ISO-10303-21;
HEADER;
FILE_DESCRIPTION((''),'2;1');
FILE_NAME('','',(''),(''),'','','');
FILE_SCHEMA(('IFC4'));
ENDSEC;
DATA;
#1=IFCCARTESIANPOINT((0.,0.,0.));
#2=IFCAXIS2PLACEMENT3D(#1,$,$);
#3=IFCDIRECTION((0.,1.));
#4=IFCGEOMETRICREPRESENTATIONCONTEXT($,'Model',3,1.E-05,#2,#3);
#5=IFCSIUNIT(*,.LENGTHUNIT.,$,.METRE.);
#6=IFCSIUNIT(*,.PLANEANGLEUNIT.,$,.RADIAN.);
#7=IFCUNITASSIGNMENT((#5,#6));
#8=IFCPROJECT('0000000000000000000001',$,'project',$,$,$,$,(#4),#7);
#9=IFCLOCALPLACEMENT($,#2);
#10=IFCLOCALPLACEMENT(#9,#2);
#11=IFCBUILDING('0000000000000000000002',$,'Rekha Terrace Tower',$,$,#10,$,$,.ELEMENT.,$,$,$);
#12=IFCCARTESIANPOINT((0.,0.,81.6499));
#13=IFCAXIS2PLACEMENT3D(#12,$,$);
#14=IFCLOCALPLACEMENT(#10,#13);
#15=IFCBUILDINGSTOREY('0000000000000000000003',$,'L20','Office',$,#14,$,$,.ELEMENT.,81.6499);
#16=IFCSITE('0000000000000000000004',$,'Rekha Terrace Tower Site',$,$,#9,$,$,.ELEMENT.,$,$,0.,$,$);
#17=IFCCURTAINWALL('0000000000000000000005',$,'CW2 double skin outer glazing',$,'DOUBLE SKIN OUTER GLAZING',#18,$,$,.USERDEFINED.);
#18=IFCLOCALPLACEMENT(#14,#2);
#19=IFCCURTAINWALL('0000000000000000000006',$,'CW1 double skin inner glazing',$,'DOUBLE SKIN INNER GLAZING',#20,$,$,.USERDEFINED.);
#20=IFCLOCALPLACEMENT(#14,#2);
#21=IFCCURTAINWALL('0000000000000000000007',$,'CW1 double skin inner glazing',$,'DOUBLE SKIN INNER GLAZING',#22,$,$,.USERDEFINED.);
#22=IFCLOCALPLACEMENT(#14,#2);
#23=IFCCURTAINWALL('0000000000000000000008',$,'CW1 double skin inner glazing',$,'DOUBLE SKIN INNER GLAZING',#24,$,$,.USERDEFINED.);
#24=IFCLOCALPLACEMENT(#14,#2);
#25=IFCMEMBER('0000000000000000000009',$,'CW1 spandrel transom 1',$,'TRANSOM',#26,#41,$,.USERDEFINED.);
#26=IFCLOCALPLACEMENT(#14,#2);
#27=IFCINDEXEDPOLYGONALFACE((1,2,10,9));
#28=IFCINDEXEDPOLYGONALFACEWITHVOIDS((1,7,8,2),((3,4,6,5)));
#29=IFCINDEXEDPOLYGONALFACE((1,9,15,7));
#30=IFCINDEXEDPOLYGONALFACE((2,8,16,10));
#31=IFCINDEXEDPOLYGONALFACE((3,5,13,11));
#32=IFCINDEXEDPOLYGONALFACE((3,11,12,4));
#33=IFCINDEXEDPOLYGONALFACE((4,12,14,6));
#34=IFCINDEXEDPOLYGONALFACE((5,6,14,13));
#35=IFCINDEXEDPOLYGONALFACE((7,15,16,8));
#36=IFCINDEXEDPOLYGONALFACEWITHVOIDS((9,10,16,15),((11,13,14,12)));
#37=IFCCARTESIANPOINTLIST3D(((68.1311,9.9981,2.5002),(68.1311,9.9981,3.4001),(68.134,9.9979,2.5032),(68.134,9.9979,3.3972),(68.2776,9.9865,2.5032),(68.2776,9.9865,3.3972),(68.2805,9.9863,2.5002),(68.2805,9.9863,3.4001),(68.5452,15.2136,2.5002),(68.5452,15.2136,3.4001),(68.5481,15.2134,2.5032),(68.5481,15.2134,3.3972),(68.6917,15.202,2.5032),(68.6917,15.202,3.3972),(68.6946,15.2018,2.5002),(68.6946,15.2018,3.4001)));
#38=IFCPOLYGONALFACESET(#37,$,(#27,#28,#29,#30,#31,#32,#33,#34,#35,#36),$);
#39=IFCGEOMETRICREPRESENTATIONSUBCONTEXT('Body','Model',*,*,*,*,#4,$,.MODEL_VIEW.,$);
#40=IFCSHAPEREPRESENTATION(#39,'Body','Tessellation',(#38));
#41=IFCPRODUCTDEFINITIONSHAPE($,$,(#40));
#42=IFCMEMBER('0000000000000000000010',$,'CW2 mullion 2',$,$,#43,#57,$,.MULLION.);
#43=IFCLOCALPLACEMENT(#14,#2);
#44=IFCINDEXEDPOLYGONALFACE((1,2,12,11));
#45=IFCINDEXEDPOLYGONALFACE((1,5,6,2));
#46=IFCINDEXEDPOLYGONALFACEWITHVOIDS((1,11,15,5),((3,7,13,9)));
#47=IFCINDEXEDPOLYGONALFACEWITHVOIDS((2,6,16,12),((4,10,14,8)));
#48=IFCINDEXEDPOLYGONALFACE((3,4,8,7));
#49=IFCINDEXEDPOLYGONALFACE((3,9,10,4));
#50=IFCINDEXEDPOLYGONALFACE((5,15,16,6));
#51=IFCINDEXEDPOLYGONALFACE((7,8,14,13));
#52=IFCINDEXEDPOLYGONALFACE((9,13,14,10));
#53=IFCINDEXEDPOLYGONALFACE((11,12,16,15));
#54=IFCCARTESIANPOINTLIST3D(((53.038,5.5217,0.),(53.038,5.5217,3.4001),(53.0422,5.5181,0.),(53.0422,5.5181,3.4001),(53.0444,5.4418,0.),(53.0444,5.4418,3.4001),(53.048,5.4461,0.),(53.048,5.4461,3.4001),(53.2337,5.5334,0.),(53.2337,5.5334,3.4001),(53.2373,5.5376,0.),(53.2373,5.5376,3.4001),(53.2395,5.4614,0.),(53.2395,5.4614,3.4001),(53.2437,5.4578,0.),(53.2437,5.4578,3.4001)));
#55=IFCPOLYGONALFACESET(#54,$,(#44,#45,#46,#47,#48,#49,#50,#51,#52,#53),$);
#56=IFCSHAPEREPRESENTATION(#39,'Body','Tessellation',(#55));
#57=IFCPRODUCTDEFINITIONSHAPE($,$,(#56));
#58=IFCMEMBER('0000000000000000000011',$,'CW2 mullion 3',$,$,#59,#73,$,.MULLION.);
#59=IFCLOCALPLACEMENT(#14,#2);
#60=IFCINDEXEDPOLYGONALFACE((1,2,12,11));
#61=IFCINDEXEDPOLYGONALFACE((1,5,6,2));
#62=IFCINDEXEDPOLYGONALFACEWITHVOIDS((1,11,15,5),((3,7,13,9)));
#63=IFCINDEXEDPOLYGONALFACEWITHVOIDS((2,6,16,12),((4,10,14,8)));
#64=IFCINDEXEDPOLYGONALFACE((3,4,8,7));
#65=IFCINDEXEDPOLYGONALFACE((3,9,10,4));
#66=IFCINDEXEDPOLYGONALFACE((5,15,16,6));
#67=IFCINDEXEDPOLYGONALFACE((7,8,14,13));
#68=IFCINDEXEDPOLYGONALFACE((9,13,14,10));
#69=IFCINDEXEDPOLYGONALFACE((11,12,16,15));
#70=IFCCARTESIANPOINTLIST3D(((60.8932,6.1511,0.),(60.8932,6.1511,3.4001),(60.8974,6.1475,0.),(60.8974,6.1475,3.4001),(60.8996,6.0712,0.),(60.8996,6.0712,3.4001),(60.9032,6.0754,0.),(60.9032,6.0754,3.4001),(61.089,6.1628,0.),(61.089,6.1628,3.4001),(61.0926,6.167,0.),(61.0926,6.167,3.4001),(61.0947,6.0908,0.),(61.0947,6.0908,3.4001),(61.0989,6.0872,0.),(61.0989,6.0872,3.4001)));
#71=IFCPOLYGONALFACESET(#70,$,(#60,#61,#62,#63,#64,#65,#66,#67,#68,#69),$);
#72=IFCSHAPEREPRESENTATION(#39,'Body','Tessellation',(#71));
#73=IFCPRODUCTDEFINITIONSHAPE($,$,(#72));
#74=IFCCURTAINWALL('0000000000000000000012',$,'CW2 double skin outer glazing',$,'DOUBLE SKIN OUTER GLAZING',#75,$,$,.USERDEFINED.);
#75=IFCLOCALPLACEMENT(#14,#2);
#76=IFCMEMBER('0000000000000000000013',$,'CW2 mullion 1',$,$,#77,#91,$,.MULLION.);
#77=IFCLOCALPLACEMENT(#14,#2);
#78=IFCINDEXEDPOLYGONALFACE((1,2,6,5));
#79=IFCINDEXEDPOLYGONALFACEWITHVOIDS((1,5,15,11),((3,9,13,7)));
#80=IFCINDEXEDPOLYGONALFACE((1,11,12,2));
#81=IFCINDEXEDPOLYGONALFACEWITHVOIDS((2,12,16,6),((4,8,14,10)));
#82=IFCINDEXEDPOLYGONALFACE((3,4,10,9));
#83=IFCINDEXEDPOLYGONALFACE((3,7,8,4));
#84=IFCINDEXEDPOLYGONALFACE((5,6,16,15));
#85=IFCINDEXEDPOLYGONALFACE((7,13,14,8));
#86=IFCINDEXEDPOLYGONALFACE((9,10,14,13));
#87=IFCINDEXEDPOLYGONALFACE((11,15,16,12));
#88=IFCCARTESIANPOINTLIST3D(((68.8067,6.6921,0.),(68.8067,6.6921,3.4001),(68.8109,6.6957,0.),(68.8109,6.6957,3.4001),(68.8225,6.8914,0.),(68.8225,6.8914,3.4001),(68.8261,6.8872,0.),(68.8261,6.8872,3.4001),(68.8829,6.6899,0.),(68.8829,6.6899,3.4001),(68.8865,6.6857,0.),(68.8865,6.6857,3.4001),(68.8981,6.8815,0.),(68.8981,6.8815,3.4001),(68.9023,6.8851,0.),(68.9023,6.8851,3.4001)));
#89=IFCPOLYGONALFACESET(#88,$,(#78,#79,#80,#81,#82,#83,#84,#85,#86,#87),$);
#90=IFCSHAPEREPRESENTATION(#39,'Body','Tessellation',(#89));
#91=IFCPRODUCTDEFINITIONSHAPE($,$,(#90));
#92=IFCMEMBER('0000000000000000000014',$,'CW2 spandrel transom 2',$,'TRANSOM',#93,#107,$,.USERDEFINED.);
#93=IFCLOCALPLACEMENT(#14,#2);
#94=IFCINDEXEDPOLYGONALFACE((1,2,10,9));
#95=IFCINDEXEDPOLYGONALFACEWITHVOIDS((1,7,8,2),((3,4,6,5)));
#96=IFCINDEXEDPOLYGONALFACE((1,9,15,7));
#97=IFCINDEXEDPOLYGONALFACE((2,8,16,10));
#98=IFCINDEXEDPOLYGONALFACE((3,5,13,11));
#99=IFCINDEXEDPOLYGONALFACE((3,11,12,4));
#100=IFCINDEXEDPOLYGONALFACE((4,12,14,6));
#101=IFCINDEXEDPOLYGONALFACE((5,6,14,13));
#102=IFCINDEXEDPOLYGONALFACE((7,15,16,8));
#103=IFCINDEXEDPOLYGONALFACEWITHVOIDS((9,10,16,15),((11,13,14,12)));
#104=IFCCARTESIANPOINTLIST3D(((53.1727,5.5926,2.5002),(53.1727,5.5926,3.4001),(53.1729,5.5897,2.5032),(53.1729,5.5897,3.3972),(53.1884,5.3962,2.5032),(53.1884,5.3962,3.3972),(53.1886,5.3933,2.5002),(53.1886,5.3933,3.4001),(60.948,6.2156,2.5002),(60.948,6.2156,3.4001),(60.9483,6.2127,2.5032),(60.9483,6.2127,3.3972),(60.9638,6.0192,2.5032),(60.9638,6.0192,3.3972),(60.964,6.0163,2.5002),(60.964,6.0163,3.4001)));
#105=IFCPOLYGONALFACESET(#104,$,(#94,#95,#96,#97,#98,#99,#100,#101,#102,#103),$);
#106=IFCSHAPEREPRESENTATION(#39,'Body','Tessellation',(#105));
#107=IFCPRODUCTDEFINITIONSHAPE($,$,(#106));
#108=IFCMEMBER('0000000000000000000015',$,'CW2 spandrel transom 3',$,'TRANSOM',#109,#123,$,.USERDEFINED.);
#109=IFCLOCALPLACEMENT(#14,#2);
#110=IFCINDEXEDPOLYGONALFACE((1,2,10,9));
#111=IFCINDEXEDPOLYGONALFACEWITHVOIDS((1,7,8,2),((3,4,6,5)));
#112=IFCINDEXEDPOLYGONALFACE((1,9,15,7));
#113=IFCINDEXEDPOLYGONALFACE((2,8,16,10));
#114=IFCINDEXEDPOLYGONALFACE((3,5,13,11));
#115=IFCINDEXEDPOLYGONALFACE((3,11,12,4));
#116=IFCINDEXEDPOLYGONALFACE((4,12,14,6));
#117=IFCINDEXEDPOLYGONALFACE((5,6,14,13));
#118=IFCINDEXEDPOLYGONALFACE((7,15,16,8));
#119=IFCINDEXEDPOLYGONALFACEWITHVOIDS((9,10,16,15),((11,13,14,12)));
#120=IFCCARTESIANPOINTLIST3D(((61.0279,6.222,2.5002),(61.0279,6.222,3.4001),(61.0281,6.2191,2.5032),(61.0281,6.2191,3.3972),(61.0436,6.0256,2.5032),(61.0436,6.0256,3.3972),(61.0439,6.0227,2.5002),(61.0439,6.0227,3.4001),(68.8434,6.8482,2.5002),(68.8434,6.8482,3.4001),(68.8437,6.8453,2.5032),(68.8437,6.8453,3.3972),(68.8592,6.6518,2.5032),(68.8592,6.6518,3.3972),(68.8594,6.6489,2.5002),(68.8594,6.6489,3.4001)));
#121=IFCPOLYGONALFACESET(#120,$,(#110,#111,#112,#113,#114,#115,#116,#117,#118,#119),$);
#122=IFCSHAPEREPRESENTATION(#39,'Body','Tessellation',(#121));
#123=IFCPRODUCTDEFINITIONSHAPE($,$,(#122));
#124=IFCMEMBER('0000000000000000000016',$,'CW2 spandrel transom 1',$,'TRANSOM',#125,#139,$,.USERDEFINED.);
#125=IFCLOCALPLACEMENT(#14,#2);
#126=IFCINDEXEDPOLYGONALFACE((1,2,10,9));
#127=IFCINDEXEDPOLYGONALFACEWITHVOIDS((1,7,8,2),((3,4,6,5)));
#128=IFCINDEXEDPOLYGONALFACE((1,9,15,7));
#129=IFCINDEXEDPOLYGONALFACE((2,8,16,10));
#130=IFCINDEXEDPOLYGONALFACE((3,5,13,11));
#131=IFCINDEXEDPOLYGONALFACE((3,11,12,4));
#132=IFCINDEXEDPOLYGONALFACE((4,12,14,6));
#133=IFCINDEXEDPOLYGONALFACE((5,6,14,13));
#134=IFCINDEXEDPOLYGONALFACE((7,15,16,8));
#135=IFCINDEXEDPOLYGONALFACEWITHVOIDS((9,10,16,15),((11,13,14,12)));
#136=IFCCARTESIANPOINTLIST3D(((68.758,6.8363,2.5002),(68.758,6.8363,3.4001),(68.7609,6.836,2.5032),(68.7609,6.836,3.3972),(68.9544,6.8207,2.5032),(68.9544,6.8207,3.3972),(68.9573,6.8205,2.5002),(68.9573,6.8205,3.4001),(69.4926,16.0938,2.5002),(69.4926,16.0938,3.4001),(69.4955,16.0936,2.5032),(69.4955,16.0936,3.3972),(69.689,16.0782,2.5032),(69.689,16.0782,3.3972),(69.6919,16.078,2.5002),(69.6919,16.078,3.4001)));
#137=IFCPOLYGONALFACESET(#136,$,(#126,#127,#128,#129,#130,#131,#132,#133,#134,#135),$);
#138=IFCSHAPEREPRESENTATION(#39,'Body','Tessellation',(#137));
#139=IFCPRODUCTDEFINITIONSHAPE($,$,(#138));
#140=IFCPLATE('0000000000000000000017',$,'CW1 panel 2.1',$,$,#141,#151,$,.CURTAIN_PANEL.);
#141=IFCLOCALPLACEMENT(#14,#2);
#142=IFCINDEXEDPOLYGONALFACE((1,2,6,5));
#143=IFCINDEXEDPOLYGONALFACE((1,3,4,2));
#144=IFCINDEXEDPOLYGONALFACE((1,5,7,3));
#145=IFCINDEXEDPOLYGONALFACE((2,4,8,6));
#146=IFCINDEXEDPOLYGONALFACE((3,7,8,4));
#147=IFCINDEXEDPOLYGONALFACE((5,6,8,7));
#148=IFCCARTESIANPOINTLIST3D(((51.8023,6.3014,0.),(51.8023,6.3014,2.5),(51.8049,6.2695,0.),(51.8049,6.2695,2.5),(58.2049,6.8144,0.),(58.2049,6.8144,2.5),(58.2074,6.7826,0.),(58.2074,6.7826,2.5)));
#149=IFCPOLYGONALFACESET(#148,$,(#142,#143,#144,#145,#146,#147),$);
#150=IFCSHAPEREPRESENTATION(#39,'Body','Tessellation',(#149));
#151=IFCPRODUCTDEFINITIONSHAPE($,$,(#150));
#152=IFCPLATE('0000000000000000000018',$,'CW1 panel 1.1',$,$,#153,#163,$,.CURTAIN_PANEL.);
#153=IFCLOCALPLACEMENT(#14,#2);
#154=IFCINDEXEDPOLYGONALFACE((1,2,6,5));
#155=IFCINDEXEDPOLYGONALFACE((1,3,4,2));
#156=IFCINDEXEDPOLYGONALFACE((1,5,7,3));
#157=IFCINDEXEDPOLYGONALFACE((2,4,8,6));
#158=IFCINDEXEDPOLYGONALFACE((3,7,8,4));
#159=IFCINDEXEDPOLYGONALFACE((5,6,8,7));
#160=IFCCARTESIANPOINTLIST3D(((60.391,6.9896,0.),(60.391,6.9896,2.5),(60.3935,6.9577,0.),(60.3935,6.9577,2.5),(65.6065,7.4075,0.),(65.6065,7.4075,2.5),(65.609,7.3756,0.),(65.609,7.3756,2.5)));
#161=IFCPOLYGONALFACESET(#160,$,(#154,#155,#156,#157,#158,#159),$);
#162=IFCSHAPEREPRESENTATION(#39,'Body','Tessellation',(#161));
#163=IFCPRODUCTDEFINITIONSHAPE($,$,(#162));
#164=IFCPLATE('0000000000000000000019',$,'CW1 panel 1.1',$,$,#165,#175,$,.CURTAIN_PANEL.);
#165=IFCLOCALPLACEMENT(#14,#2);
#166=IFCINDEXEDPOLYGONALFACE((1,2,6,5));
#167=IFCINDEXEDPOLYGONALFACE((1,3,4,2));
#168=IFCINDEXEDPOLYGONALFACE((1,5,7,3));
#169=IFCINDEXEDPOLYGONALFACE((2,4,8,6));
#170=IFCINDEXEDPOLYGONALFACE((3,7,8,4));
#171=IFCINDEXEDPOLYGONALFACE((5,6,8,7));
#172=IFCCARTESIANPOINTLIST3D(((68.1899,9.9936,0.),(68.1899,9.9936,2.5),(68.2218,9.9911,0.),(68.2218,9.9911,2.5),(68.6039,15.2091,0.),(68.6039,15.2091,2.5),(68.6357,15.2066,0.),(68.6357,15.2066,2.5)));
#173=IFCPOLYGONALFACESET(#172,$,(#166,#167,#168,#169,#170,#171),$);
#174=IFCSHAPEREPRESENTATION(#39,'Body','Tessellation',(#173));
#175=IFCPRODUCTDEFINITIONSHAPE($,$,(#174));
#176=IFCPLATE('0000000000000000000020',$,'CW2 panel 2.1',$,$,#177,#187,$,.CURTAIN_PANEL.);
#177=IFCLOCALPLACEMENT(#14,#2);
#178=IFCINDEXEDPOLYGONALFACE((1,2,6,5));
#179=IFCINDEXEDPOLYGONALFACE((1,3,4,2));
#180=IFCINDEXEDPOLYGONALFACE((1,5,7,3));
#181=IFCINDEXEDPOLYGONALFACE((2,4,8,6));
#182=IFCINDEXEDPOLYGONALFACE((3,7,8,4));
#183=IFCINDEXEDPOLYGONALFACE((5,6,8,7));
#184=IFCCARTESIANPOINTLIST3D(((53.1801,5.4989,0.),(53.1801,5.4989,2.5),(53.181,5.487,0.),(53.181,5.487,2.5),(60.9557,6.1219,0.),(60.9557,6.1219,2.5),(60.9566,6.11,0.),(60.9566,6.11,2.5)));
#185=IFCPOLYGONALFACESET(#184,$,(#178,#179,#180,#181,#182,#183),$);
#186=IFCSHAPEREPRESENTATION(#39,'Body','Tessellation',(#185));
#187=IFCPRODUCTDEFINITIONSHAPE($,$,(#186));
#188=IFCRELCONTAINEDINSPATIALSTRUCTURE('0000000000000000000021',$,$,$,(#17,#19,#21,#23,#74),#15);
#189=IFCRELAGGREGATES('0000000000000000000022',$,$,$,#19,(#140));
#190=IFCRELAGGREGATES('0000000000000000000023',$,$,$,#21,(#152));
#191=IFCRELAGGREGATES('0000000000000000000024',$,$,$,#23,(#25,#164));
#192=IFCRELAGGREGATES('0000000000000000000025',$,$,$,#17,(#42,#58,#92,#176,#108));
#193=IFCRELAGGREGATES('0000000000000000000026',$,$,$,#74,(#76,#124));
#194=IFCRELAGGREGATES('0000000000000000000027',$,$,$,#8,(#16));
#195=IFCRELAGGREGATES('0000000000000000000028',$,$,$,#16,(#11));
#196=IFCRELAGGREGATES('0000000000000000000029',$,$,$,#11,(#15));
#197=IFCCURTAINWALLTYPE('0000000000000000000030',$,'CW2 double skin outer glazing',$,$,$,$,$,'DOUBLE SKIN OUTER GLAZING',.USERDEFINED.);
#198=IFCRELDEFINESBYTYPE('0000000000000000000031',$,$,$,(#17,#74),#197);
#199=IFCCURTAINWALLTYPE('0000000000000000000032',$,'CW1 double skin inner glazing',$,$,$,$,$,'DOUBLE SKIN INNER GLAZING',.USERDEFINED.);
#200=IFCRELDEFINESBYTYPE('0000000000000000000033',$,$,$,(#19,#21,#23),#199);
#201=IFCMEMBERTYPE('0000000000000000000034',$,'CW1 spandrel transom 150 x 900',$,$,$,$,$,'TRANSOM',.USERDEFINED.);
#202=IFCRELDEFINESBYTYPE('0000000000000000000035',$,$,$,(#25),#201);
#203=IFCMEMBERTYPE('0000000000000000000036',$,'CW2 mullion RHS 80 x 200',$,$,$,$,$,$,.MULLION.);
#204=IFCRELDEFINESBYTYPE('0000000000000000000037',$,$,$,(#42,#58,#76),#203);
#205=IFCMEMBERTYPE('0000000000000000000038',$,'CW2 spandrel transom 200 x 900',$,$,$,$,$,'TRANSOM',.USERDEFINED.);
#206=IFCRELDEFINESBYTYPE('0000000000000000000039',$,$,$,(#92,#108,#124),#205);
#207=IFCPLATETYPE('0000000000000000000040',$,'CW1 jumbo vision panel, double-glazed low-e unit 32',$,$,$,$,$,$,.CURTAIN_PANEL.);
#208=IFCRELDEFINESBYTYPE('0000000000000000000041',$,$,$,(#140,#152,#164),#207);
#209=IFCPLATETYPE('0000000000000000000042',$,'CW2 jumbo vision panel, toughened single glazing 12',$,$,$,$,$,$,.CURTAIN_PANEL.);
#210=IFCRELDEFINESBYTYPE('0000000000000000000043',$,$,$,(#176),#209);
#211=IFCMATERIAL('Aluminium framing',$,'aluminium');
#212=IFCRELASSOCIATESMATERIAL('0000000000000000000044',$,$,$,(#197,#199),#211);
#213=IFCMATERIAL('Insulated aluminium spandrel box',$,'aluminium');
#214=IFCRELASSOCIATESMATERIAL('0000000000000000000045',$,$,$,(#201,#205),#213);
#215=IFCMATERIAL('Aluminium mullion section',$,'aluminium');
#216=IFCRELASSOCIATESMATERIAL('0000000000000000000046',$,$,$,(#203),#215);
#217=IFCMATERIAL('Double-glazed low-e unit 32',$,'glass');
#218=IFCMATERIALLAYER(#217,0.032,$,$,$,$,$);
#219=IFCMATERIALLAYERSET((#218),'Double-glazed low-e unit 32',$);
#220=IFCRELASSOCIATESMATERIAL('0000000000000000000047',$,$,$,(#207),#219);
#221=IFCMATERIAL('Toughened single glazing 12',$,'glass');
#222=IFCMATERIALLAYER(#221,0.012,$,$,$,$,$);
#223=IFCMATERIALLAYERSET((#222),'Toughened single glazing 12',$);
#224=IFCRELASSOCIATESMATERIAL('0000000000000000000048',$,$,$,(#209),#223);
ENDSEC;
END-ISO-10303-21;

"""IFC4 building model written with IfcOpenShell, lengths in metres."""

from ifc_helpers import new_model, si_unit, direction, frame, origin, origin_2d, place, context, subcontext, project, spatial, rectangle, hollow_rectangle, extrude, material, layer, layer_set, material_profile, profile_set, type_object, element, aggregate, save


model = new_model("IFC4")

# Units and contexts
model_context = context("Model", 3, precision=1e-05, world=origin(), true_north=direction((0.0, 1.0)))
body_context = subcontext(model_context, "Body", "Model", "MODEL_VIEW")
ifc_project = project(units=[si_unit("LENGTHUNIT", "METRE"), si_unit("PLANEANGLEUNIT", "RADIAN")], contexts=[model_context])

# Site, building, storey
site_placement = place(None, origin())
site = spatial("IfcSite", under=ifc_project, at=site_placement, Name="Rekha Terrace Tower Site", CompositionType="ELEMENT", RefElevation=0.0)
building_placement = place(site_placement, origin())
building = spatial("IfcBuilding", under=site, at=building_placement, Name="Rekha Terrace Tower", CompositionType="ELEMENT")
storey_placement = place(building_placement, frame((0.0, 0.0, 81.6499)))
storey = spatial("IfcBuildingStorey", under=building, at=storey_placement, Name="L20", Description="Office", CompositionType="ELEMENT", Elevation=81.6499)

# Curtain walls
ifc_material_1 = material(Name="Aluminium framing", Category="aluminium")
curtain_wall_type_1 = type_object("IfcCurtainWallType", Name="CW2 double skin outer glazing", ElementType="DOUBLE SKIN OUTER GLAZING", PredefinedType="USERDEFINED", material=ifc_material_1)
curtain_wall_1_placement = place(storey_placement, origin())
curtain_wall_1 = element("IfcCurtainWall", 1, at=curtain_wall_1_placement, inside=storey, type_object=curtain_wall_type_1, Name="CW2 double skin outer glazing", ObjectType="DOUBLE SKIN OUTER GLAZING", PredefinedType="USERDEFINED")
curtain_wall_type_2 = type_object("IfcCurtainWallType", Name="CW1 double skin inner glazing", ElementType="DOUBLE SKIN INNER GLAZING", PredefinedType="USERDEFINED", material=ifc_material_1)
curtain_wall_2_placement = place(storey_placement, origin())
curtain_wall_2 = element("IfcCurtainWall", 2, at=curtain_wall_2_placement, inside=storey, type_object=curtain_wall_type_2, Name="CW1 double skin inner glazing", ObjectType="DOUBLE SKIN INNER GLAZING", PredefinedType="USERDEFINED")
ifc_material_2 = material(Name="Aluminium mullion section", Category="aluminium")
curtain_wall_3_placement = place(storey_placement, origin())
curtain_wall_3 = element("IfcCurtainWall", 3, at=curtain_wall_3_placement, inside=storey, type_object=curtain_wall_type_2, Name="CW1 double skin inner glazing", ObjectType="DOUBLE SKIN INNER GLAZING", PredefinedType="USERDEFINED")

# Curtain wall
curtain_wall_4_placement = place(storey_placement, origin())
curtain_wall_4 = element("IfcCurtainWall", 4, at=curtain_wall_4_placement, inside=storey, type_object=curtain_wall_type_2, Name="CW1 double skin inner glazing", ObjectType="DOUBLE SKIN INNER GLAZING", PredefinedType="USERDEFINED")

# Members
ifc_material_3 = material(Name="Insulated aluminium spandrel box", Category="aluminium")
ifc_material_profile_1 = material_profile(ifc_material_3, hollow_rectangle(XDim=0.1499, YDim=0.8999, WallThickness=0.0029, at=origin_2d()), Name="AL SPANDREL BOX 150x900")
ifc_profile_set_1 = profile_set([ifc_material_profile_1], Name="Insulated aluminium spandrel box")
member_type_1 = type_object("IfcMemberType", Name="CW1 spandrel transom 150 x 900", ElementType="TRANSOM", PredefinedType="USERDEFINED", material=ifc_profile_set_1)
member_1_placement = place(storey_placement, frame((68.2058, 9.9922, 2.9502), z_axis=(0.079141, 0.996863, 0.0), x_axis=(-0.996863, 0.079141, 0.0)))
member_1 = element("IfcMember", 5, at=member_1_placement, type_object=member_type_1, Name="CW1 spandrel transom 1", ObjectType="TRANSOM", PredefinedType="USERDEFINED", context=body_context, shape_type="SweptSolid", body=[
    extrude(hollow_rectangle(XDim=0.1499, YDim=0.8999, WallThickness=0.0029, at=origin_2d()), origin(), (0.0, 0.0, 1.0), 5.2319),
])
ifc_material_profile_2 = material_profile(ifc_material_2, hollow_rectangle(XDim=0.0801, YDim=0.2, WallThickness=0.0039, at=origin_2d()), Name="AL RHS 80x200")
ifc_profile_set_2 = profile_set([ifc_material_profile_2], Name="Aluminium mullion section")
member_type_2 = type_object("IfcMemberType", Name="CW2 mullion RHS 80 x 200", PredefinedType="MULLION", material=ifc_profile_set_2)
member_2_placement = place(storey_placement, frame((53.1409, 5.4897, 0.0), z_axis=(0.0, 0.0, 1.0), x_axis=(-0.079872, 0.996805, 0.0)))
member_2 = element("IfcMember", 6, at=member_2_placement, type_object=member_type_2, Name="CW2 mullion 2", PredefinedType="MULLION", context=body_context, shape_type="SweptSolid", body=[
    extrude(hollow_rectangle(XDim=0.0801, YDim=0.2, WallThickness=0.0039, at=origin_2d()), origin(), (0.0, 0.0, 1.0), 3.4001),
])
member_3_placement = place(storey_placement, frame((60.9961, 6.1191, 0.0), z_axis=(0.0, 0.0, 1.0), x_axis=(-0.079872, 0.996805, 0.0)))
member_3 = element("IfcMember", 7, at=member_3_placement, type_object=member_type_2, Name="CW2 mullion 3", PredefinedType="MULLION", context=body_context, shape_type="SweptSolid", body=[
    extrude(hollow_rectangle(XDim=0.0801, YDim=0.2, WallThickness=0.0039, at=origin_2d()), origin(), (0.0, 0.0, 1.0), 3.4001),
])

# Curtain wall, member
curtain_wall_5_placement = place(storey_placement, origin())
curtain_wall_5 = element("IfcCurtainWall", 8, at=curtain_wall_5_placement, inside=storey, type_object=curtain_wall_type_1, Name="CW2 double skin outer glazing", ObjectType="DOUBLE SKIN OUTER GLAZING", PredefinedType="USERDEFINED")
member_4_placement = place(storey_placement, frame((68.8545, 6.7886, 0.0), z_axis=(0.0, 0.0, 1.0), x_axis=(-0.996865, 0.079116, 0.0)))
member_4 = element("IfcMember", 9, at=member_4_placement, type_object=member_type_2, Name="CW2 mullion 1", PredefinedType="MULLION", context=body_context, shape_type="SweptSolid", body=[
    extrude(hollow_rectangle(XDim=0.0801, YDim=0.2, WallThickness=0.0039, at=origin_2d()), origin(), (0.0, 0.0, 1.0), 3.4001),
])

# Members
ifc_material_profile_3 = material_profile(ifc_material_3, hollow_rectangle(XDim=0.2, YDim=0.8999, WallThickness=0.0029, at=origin_2d()), Name="AL SPANDREL BOX 200x900")
ifc_profile_set_3 = profile_set([ifc_material_profile_3], Name="Insulated aluminium spandrel box")
member_type_3 = type_object("IfcMemberType", Name="CW2 spandrel transom 200 x 900", ElementType="TRANSOM", PredefinedType="USERDEFINED", material=ifc_profile_set_3)
member_5_placement = place(storey_placement, frame((53.1807, 5.4929, 2.9502), z_axis=(0.996805, 0.079875, 0.0), x_axis=(-0.079875, 0.996805, 0.0)))
member_5 = element("IfcMember", 10, at=member_5_placement, type_object=member_type_3, Name="CW2 spandrel transom 2", ObjectType="TRANSOM", PredefinedType="USERDEFINED", context=body_context, shape_type="SweptSolid", body=[
    extrude(hollow_rectangle(XDim=0.2, YDim=0.8999, WallThickness=0.0029, at=origin_2d()), origin(), (0.0, 0.0, 1.0), 7.8003),
])
member_6_placement = place(storey_placement, frame((61.0359, 6.1223, 2.9502), z_axis=(0.996805, 0.07987, 0.0), x_axis=(-0.07987, 0.996805, 0.0)))
member_6 = element("IfcMember", 11, at=member_6_placement, type_object=member_type_3, Name="CW2 spandrel transom 3", ObjectType="TRANSOM", PredefinedType="USERDEFINED", context=body_context, shape_type="SweptSolid", body=[
    extrude(hollow_rectangle(XDim=0.2, YDim=0.8999, WallThickness=0.0029, at=origin_2d()), origin(), (0.0, 0.0, 1.0), 7.8406),
])
member_7_placement = place(storey_placement, frame((68.8577, 6.8284, 2.9502), z_axis=(0.079105, 0.996866, 0.0), x_axis=(-0.996866, 0.079105, 0.0)))
member_7 = element("IfcMember", 12, at=member_7_placement, type_object=member_type_3, Name="CW2 spandrel transom 1", ObjectType="TRANSOM", PredefinedType="USERDEFINED", context=body_context, shape_type="SweptSolid", body=[
    extrude(hollow_rectangle(XDim=0.2, YDim=0.8999, WallThickness=0.0029, at=origin_2d()), origin(), (0.0, 0.0, 1.0), 9.2866),
])

# Plates
ifc_material_4 = material(Name="Double-glazed low-e unit 32", Category="glass")
ifc_layer_1 = layer(ifc_material_4, 0.032)
ifc_layer_set_1 = layer_set([ifc_layer_1], Name="Double-glazed low-e unit 32")
plate_type_1 = type_object("IfcPlateType", Name="CW1 jumbo vision panel, double-glazed low-e unit 32", PredefinedType="CURTAIN_PANEL", material=ifc_layer_set_1)
plate_1_placement = place(storey_placement, frame((55.0049, 6.542, 0.0), z_axis=(0.0, 0.0, 1.0), x_axis=(0.996805, 0.079872, 0.0)))
plate_1 = element("IfcPlate", 13, at=plate_1_placement, type_object=plate_type_1, Name="CW1 panel 2.1", PredefinedType="CURTAIN_PANEL", context=body_context, shape_type="SweptSolid", body=[
    extrude(rectangle(XDim=6.4231, YDim=0.032, at=origin_2d()), origin(), (0.0, 0.0, 1.0), 2.5),
])
aggregate(curtain_wall_2, [plate_1])
plate_2_placement = place(storey_placement, frame((63.0, 7.1826, 0.0), z_axis=(0.0, 0.0, 1.0), x_axis=(0.996805, 0.079872, 0.0)))
plate_2 = element("IfcPlate", 14, at=plate_2_placement, type_object=plate_type_1, Name="CW1 panel 1.1", PredefinedType="CURTAIN_PANEL", context=body_context, shape_type="SweptSolid", body=[
    extrude(rectangle(XDim=5.2322, YDim=0.032, at=origin_2d()), origin(), (0.0, 0.0, 1.0), 2.5),
])
aggregate(curtain_wall_3, [plate_2])
plate_3_placement = place(storey_placement, frame((68.4128, 12.6001, 0.0), z_axis=(0.0, 0.0, 1.0), x_axis=(0.079116, 0.996865, 0.0)))
plate_3 = element("IfcPlate", 15, at=plate_3_placement, type_object=plate_type_1, Name="CW1 panel 1.1", PredefinedType="CURTAIN_PANEL", context=body_context, shape_type="SweptSolid", body=[
    extrude(rectangle(XDim=5.2319, YDim=0.032, at=origin_2d()), origin(), (0.0, 0.0, 1.0), 2.5),
])
aggregate(curtain_wall_4, [member_1, plate_3])
ifc_material_5 = material(Name="Toughened single glazing 12", Category="glass")
ifc_layer_2 = layer(ifc_material_5, 0.012)
ifc_layer_set_2 = layer_set([ifc_layer_2], Name="Toughened single glazing 12")
plate_type_2 = type_object("IfcPlateType", Name="CW2 jumbo vision panel, toughened single glazing 12", PredefinedType="CURTAIN_PANEL", material=ifc_layer_set_2)
plate_4_placement = place(storey_placement, frame((57.0684, 5.8044, 0.0), z_axis=(0.0, 0.0, 1.0), x_axis=(0.996805, 0.079872, 0.0)))
plate_4 = element("IfcPlate", 16, at=plate_4_placement, type_object=plate_type_2, Name="CW2 panel 2.1", PredefinedType="CURTAIN_PANEL", context=body_context, shape_type="SweptSolid", body=[
    extrude(rectangle(XDim=7.8005, YDim=0.012, at=origin_2d()), origin(), (0.0, 0.0, 1.0), 2.5),
])
aggregate(curtain_wall_1, [member_2, member_3, member_5, plate_4, member_6])
aggregate(curtain_wall_5, [member_4, member_7])

save(model, "model.ifc")
